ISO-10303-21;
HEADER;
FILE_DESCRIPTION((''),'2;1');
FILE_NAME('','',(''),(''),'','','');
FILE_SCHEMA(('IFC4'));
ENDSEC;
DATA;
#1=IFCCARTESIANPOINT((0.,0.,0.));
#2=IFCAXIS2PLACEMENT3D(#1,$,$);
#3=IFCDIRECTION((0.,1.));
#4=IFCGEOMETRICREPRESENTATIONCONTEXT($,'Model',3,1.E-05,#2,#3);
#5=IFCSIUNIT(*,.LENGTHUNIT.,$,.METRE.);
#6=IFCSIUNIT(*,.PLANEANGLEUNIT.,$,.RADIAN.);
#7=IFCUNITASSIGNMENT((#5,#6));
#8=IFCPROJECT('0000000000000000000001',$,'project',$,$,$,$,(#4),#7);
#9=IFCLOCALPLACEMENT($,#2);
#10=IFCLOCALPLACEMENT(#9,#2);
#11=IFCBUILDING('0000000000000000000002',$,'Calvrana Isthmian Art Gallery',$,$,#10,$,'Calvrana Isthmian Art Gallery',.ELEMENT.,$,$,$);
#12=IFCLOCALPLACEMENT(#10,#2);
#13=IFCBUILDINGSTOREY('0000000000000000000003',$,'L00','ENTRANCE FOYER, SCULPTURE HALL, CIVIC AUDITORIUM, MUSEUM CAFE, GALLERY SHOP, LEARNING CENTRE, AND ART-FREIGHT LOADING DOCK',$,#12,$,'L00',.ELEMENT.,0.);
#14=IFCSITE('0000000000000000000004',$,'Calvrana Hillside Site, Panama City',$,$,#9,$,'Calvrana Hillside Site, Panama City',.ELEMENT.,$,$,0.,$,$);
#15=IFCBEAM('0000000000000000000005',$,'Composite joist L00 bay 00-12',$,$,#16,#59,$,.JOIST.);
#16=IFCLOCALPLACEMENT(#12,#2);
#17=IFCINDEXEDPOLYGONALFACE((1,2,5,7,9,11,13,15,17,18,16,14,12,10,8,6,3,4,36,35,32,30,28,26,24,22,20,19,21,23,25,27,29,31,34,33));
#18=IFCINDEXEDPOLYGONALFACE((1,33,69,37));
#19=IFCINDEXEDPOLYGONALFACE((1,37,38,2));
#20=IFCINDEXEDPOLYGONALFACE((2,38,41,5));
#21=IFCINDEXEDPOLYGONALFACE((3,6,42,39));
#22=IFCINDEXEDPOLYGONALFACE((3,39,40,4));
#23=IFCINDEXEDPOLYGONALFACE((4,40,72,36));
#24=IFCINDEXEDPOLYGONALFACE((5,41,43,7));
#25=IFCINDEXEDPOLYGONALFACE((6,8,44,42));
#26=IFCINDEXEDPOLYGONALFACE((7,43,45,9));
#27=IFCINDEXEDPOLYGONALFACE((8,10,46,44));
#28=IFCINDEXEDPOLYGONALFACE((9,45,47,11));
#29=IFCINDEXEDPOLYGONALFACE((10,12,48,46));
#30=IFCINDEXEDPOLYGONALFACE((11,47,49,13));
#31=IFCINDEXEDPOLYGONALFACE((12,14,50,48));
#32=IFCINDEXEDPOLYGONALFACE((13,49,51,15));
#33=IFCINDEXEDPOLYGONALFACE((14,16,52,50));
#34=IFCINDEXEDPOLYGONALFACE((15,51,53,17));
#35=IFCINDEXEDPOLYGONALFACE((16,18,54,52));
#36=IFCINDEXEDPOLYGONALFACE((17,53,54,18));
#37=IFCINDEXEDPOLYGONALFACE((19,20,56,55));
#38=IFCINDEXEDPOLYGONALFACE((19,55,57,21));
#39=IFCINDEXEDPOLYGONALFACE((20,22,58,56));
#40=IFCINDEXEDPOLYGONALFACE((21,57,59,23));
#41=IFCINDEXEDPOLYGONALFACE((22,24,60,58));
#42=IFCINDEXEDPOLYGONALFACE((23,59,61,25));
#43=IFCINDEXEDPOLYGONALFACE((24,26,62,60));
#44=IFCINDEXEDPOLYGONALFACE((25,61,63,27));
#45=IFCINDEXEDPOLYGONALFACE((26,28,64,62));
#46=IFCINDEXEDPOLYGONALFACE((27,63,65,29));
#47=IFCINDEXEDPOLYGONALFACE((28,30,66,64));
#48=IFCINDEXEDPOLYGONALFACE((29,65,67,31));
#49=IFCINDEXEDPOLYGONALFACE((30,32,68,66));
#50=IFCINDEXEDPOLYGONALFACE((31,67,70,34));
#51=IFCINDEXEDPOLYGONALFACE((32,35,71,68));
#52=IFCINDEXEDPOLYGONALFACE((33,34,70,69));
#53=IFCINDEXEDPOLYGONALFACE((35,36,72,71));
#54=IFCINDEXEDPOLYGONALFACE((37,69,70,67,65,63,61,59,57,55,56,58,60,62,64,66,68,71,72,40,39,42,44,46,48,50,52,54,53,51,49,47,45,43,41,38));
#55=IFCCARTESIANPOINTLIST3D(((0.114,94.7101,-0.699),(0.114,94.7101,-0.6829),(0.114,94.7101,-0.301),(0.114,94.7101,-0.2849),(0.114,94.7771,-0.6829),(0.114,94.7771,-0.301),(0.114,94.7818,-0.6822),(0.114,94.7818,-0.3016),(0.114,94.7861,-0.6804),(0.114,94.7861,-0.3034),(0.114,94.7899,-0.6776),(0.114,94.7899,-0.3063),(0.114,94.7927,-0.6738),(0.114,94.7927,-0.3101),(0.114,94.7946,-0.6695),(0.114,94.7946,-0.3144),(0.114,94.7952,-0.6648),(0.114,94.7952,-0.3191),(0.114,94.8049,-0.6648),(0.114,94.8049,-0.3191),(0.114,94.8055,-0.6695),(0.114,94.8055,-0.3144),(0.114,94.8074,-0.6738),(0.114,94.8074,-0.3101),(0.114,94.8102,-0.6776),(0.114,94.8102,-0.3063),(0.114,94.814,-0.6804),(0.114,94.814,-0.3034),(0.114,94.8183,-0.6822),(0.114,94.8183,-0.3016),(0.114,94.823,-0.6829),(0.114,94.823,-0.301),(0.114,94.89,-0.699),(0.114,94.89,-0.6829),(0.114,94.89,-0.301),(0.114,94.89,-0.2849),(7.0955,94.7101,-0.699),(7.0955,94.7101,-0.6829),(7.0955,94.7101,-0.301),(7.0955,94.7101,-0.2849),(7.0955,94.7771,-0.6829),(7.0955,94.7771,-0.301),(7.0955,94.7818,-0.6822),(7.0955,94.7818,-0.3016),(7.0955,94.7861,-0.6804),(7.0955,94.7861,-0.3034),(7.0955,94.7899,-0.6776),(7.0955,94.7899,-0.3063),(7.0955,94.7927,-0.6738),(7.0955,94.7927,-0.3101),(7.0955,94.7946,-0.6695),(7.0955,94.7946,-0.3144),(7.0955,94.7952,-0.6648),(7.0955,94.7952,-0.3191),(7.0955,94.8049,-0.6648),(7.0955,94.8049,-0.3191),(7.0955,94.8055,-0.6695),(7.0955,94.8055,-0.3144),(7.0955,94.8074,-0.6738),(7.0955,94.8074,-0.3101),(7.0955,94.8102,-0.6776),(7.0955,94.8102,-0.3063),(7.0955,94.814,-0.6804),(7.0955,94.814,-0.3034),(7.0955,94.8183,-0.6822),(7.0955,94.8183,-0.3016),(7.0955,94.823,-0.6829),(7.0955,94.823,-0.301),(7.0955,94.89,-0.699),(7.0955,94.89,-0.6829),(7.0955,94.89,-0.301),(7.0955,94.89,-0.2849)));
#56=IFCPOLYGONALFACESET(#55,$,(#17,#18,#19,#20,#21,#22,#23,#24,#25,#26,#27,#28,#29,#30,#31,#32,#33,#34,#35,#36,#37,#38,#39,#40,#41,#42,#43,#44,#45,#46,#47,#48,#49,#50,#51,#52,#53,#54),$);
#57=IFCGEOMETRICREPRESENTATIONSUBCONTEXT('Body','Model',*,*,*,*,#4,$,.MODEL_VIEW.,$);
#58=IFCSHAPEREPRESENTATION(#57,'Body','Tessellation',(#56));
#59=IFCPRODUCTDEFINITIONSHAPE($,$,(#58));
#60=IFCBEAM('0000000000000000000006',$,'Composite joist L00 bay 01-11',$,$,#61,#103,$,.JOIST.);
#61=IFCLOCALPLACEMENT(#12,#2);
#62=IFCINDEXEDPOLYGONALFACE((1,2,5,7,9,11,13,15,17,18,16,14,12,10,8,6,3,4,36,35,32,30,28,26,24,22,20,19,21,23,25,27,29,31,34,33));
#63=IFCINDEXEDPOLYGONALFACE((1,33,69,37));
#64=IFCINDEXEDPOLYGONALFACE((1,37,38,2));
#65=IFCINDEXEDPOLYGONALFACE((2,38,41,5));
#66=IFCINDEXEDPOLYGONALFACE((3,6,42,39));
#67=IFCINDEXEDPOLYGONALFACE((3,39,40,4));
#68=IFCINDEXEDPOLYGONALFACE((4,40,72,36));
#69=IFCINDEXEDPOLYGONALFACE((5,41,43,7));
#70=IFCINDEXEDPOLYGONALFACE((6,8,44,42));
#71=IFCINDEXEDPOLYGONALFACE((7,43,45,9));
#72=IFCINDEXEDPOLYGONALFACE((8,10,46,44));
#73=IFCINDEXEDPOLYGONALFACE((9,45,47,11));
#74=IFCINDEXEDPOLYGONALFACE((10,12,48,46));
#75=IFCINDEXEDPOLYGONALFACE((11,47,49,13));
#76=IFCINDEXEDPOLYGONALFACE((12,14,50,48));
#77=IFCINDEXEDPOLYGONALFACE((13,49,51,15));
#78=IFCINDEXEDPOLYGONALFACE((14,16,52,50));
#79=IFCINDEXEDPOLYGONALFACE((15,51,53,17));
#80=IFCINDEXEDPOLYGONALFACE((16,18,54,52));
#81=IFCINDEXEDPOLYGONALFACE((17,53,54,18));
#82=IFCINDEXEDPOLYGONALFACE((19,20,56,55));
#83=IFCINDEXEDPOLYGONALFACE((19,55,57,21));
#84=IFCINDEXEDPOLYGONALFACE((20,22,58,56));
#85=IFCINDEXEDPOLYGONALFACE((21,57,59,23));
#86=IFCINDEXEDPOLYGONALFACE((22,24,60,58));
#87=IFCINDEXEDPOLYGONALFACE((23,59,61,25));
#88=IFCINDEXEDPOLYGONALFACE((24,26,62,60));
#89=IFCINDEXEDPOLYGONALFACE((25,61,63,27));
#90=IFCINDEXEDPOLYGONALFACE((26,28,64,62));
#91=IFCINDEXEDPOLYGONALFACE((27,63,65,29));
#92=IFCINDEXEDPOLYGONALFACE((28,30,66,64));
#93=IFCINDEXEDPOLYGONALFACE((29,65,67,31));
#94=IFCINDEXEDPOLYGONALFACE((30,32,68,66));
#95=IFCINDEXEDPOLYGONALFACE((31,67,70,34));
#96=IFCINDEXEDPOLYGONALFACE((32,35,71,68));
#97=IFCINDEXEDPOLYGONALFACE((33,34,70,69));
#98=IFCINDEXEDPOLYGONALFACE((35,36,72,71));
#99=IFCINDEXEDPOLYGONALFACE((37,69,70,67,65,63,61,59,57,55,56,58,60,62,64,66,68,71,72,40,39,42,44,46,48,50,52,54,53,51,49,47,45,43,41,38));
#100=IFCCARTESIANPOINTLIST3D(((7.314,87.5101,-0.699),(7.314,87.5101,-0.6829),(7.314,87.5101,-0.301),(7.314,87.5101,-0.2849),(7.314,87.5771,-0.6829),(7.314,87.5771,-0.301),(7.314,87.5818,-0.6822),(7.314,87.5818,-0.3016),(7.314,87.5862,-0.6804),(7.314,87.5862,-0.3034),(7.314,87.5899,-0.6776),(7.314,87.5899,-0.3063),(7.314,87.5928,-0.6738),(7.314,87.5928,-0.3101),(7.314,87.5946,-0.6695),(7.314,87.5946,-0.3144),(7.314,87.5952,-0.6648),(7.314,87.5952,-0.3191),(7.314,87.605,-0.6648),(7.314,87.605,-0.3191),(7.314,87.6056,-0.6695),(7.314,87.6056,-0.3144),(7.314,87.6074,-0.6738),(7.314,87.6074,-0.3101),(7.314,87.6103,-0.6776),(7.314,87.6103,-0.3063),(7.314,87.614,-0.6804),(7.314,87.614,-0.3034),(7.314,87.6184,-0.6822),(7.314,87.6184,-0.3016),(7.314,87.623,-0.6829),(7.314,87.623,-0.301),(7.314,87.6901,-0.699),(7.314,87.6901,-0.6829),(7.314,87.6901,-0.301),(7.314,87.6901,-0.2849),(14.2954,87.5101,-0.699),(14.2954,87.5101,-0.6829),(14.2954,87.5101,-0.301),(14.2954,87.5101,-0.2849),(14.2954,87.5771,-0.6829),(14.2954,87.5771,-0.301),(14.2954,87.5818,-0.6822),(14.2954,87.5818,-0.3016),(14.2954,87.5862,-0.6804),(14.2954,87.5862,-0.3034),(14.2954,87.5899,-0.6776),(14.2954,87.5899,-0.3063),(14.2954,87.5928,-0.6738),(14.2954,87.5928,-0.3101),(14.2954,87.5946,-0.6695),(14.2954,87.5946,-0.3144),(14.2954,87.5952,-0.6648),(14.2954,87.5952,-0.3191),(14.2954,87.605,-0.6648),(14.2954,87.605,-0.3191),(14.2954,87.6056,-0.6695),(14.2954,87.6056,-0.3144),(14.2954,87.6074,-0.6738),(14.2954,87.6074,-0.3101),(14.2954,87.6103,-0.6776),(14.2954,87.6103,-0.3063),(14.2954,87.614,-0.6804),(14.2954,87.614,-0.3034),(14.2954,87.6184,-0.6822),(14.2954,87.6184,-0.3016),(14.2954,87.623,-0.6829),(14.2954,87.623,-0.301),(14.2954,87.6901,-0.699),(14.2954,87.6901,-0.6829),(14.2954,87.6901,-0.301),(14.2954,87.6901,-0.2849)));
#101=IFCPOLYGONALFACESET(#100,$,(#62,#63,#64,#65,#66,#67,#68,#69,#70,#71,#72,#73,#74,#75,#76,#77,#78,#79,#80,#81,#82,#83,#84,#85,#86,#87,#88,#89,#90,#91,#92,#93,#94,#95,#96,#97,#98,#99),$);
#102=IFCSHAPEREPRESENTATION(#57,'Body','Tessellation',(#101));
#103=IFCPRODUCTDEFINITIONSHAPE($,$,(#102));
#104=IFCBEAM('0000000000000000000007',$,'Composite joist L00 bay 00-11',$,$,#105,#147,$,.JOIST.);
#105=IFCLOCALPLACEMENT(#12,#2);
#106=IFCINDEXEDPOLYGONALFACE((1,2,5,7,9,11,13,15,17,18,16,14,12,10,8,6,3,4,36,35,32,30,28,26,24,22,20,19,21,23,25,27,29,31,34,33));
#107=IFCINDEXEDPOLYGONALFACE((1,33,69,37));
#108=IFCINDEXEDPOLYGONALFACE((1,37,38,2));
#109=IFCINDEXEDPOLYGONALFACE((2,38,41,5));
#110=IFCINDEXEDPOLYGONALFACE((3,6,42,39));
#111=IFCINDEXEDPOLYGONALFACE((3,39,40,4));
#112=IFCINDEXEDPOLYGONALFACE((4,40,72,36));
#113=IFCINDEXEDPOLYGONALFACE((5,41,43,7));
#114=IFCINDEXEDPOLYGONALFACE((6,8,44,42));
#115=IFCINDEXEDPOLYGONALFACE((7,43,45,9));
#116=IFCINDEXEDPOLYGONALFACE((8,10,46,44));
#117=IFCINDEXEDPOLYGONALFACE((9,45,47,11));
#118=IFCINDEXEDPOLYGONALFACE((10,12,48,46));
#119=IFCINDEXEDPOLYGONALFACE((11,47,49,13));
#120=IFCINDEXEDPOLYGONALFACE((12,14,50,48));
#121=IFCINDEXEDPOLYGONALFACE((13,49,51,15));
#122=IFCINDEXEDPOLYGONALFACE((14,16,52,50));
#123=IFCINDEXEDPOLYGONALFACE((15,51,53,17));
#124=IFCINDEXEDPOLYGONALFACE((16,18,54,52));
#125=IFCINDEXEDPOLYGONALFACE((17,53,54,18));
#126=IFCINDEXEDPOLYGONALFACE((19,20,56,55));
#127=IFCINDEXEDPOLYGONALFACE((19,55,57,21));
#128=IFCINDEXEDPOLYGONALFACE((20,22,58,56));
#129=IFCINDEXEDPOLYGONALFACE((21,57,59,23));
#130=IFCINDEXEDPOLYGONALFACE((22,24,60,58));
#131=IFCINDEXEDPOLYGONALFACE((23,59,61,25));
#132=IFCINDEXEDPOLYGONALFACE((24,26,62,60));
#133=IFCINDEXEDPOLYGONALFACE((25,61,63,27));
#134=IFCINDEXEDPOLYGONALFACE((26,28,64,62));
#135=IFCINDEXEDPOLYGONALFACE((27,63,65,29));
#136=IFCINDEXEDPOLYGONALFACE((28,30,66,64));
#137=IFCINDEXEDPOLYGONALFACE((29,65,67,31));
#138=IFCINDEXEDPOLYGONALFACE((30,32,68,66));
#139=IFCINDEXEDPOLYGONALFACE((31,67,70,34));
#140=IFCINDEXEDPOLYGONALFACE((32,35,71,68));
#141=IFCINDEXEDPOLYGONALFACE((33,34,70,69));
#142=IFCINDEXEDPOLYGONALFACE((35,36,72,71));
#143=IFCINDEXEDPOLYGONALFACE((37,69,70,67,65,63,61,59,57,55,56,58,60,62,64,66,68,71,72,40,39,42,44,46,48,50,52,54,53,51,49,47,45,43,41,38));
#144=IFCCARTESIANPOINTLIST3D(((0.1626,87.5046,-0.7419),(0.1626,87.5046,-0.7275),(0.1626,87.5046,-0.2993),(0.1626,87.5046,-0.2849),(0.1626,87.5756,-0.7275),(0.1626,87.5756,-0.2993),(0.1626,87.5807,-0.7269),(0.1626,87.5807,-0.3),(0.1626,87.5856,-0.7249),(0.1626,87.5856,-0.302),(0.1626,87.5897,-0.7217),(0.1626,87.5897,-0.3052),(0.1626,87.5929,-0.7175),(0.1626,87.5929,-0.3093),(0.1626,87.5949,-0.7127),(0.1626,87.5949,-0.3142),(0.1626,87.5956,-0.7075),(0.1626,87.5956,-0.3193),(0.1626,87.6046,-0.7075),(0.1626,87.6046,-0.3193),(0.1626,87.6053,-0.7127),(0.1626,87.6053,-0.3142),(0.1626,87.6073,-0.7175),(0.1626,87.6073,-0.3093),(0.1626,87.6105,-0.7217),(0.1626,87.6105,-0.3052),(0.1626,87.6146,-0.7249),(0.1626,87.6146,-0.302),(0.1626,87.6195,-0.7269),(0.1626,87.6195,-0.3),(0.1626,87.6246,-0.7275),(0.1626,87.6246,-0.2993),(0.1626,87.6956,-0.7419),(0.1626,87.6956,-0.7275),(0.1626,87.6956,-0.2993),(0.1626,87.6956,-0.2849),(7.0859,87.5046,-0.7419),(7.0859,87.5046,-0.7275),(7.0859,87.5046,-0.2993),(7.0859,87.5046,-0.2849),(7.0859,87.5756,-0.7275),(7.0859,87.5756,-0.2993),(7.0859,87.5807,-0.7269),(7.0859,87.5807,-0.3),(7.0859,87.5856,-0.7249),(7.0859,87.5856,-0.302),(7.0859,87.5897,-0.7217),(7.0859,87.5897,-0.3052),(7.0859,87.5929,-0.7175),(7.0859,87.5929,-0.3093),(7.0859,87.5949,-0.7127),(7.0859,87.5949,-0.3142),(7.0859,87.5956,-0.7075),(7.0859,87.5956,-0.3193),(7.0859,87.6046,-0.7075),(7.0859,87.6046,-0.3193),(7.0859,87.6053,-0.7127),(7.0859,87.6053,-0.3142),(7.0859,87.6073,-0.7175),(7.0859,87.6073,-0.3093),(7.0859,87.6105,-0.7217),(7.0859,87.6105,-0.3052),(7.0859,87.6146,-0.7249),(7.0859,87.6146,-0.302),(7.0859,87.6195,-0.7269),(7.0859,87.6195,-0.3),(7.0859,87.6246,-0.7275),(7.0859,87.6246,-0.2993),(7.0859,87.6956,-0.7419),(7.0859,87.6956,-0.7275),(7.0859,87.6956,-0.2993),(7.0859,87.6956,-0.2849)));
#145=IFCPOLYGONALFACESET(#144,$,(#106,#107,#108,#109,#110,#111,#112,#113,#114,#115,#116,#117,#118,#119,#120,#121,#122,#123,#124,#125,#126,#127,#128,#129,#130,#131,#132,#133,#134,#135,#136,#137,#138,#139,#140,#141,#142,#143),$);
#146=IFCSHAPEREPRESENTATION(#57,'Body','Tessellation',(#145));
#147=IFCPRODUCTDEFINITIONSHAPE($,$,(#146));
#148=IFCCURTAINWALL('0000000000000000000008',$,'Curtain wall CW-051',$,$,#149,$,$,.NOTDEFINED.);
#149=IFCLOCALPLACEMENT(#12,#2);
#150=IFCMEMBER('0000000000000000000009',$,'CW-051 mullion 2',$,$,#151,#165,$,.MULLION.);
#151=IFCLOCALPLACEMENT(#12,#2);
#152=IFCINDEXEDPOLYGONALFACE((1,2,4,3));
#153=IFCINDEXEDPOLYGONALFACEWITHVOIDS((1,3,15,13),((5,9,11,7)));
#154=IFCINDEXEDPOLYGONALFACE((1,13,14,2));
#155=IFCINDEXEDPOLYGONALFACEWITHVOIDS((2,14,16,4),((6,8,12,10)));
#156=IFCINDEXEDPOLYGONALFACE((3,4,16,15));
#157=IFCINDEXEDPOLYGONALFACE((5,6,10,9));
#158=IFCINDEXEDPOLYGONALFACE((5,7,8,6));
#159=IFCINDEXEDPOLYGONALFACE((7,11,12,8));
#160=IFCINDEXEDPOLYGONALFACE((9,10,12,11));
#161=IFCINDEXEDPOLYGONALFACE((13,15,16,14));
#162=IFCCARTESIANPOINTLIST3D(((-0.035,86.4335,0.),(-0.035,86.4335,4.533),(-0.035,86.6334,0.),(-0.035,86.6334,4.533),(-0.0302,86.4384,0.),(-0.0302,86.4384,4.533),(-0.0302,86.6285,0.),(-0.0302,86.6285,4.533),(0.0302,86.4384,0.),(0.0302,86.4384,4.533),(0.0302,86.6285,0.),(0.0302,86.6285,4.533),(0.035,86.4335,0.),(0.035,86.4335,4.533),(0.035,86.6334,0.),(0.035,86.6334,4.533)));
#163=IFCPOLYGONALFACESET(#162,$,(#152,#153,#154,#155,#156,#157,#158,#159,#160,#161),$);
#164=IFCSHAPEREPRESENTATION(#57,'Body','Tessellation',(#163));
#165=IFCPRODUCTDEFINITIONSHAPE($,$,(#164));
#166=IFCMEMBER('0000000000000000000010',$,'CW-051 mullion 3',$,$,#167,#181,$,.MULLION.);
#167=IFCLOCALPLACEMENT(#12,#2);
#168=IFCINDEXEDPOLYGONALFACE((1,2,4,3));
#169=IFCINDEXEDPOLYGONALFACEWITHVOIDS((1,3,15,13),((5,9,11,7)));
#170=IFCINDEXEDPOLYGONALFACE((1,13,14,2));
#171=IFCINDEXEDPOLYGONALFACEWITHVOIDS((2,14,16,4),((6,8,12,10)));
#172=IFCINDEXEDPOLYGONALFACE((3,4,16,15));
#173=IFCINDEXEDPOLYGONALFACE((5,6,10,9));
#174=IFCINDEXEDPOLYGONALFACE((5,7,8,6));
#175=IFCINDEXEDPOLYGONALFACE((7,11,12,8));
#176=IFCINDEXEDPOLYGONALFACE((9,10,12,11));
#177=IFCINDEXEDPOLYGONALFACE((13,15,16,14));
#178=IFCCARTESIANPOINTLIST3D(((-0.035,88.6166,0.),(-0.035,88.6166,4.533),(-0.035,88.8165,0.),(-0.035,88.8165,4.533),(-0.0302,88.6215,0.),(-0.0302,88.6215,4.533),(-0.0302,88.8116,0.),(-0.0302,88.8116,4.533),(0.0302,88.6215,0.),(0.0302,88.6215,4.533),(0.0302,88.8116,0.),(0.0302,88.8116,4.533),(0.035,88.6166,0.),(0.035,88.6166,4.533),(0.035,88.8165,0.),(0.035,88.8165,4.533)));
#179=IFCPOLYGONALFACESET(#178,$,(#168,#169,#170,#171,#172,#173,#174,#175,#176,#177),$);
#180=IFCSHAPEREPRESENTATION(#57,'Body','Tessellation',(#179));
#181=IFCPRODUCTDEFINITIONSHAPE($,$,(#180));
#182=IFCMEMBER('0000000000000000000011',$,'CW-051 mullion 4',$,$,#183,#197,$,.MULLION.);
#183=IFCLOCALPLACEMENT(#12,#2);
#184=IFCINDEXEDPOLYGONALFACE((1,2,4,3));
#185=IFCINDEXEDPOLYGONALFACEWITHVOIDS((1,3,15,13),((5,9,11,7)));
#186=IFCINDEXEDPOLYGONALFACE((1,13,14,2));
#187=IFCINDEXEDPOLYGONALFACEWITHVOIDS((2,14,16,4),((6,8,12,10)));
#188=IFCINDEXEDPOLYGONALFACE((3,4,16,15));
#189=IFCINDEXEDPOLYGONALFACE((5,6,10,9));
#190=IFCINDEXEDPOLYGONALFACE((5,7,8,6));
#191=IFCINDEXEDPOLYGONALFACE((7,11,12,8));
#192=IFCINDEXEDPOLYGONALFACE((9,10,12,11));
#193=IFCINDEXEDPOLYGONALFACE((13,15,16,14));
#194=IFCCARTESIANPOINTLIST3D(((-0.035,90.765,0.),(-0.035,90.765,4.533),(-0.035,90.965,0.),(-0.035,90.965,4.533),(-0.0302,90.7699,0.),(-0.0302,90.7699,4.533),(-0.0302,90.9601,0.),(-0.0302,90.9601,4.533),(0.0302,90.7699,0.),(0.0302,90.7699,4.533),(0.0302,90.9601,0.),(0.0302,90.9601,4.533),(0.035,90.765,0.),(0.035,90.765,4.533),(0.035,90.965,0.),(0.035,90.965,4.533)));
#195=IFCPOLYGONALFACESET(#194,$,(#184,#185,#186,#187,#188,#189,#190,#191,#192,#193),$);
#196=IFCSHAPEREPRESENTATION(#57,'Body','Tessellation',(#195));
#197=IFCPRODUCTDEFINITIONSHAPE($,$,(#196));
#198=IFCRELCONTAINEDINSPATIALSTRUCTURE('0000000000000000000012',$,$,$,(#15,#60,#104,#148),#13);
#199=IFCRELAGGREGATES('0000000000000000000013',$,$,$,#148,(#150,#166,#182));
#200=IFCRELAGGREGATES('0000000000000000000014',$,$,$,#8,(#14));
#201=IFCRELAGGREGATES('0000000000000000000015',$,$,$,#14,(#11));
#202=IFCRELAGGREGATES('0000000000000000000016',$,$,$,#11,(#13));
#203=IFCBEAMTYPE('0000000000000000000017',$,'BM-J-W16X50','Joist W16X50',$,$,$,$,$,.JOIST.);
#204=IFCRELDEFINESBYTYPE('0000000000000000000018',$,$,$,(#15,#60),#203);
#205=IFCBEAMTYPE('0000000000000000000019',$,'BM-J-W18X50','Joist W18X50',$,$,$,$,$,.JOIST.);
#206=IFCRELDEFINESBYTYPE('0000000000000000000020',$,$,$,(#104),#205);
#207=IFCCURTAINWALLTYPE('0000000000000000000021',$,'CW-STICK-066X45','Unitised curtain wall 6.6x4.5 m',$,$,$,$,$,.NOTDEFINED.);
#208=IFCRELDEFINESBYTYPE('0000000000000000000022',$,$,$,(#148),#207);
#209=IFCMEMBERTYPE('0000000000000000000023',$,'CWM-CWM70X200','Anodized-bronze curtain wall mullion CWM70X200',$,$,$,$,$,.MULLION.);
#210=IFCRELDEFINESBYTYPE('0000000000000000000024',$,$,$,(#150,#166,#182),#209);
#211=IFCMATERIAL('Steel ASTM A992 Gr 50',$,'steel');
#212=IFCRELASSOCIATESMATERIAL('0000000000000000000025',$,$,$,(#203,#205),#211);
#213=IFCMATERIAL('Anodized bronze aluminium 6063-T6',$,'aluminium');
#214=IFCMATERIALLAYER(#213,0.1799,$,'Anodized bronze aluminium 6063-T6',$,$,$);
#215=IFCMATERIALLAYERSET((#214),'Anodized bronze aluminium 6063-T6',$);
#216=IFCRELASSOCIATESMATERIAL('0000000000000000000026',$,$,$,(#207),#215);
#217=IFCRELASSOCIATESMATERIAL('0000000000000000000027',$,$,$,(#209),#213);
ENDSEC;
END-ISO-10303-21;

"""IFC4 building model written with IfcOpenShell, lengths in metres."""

from ifc_helpers import new_model, si_unit, direction, frame, origin, origin_2d, place, context, subcontext, project, spatial, hollow_rectangle, i_section, extrude, material, layer, layer_set, material_profile, profile_set, type_object, element, aggregate, save


model = new_model("IFC4")

# Units and contexts
model_context = context("Model", 3, precision=1e-05, world=origin(), true_north=direction((0.0, 1.0)))
body_context = subcontext(model_context, "Body", "Model", "MODEL_VIEW")
ifc_project = project(units=[si_unit("LENGTHUNIT", "METRE"), si_unit("PLANEANGLEUNIT", "RADIAN")], contexts=[model_context])

# Site, building, storey
site_placement = place(None, origin())
site = spatial("IfcSite", under=ifc_project, at=site_placement, Name="Calvrana Hillside Site, Panama City", LongName="Calvrana Hillside Site, Panama City", CompositionType="ELEMENT", RefElevation=0.0)
building_placement = place(site_placement, origin())
building = spatial("IfcBuilding", under=site, at=building_placement, Name="Calvrana Isthmian Art Gallery", LongName="Calvrana Isthmian Art Gallery", CompositionType="ELEMENT")
storey_placement = place(building_placement, origin())
storey = spatial("IfcBuildingStorey", under=building, at=storey_placement, Name="L00", Description="ENTRANCE FOYER, SCULPTURE HALL, CIVIC AUDITORIUM, MUSEUM CAFE, GALLERY SHOP, LEARNING CENTRE, AND ART-FREIGHT LOADING DOCK", LongName="L00", CompositionType="ELEMENT", Elevation=0.0)

# Beams
ifc_material_1 = material(Name="Steel ASTM A992 Gr 50", Category="steel")
ifc_material_profile_1 = material_profile(ifc_material_1, i_section(OverallWidth=0.1799, OverallDepth=0.4141, WebThickness=0.0098, FlangeThickness=0.0161, FilletRadius=0.0181, at=origin_2d()), Name="W16X50")
ifc_profile_set_1 = profile_set([ifc_material_profile_1], Name="Steel ASTM A992 Gr 50")
beam_type_1 = type_object("IfcBeamType", Name="BM-J-W16X50", Description="Joist W16X50", PredefinedType="JOIST", material=ifc_profile_set_1)
for number, where, z_axis, x_axis, name in (
    (1, (0.114, 94.8, -0.4919), (1.0, 0.0, 0.0), (0.0, 1.0, 0.0), "Composite joist L00 bay 00-12"),
    (2, (7.314, 87.6001, -0.4919), (1.0, 0.0, 0.0), (0.0, 1.0, 0.0), "Composite joist L00 bay 01-11"),
):
    element("IfcBeam", number, at=place(storey_placement, frame(where, z_axis=z_axis, x_axis=x_axis)), inside=storey, type_object=beam_type_1, Name=name, PredefinedType="JOIST", context=body_context, shape_type="SweptSolid", body=[
        extrude(i_section(OverallWidth=0.1799, OverallDepth=0.4141, WebThickness=0.0098, FlangeThickness=0.0161, FilletRadius=0.0181, at=origin_2d()), origin(), (0.0, 0.0, 1.0), 6.9814),
    ])
ifc_material_profile_2 = material_profile(ifc_material_1, i_section(OverallWidth=0.1909, OverallDepth=0.457, WebThickness=0.009, FlangeThickness=0.0144, FilletRadius=0.02, at=origin_2d()), Name="W18X50")
ifc_profile_set_2 = profile_set([ifc_material_profile_2], Name="Steel ASTM A992 Gr 50")
beam_type_2 = type_object("IfcBeamType", Name="BM-J-W18X50", Description="Joist W18X50", PredefinedType="JOIST", material=ifc_profile_set_2)
beam_1_placement = place(storey_placement, frame((0.1626, 87.6001, -0.5134), z_axis=(1.0, 0.0, 0.0), x_axis=(0.0, 1.0, 0.0)))
element("IfcBeam", 3, at=beam_1_placement, inside=storey, type_object=beam_type_2, Name="Composite joist L00 bay 00-11", PredefinedType="JOIST", context=body_context, shape_type="SweptSolid", body=[
    extrude(i_section(OverallWidth=0.1909, OverallDepth=0.457, WebThickness=0.009, FlangeThickness=0.0144, FilletRadius=0.02, at=origin_2d()), origin(), (0.0, 0.0, 1.0), 6.9233),
])

# Curtain wall, members
ifc_material_2 = material(Name="Anodized bronze aluminium 6063-T6", Category="aluminium")
ifc_layer_1 = layer(ifc_material_2, 0.1799, Name="Anodized bronze aluminium 6063-T6")
ifc_layer_set_1 = layer_set([ifc_layer_1], Name="Anodized bronze aluminium 6063-T6")
curtain_wall_type = type_object("IfcCurtainWallType", Name="CW-STICK-066X45", Description="Unitised curtain wall 6.6x4.5 m", PredefinedType="NOTDEFINED", material=ifc_layer_set_1)
curtain_wall_placement = place(storey_placement, origin())
curtain_wall = element("IfcCurtainWall", 4, at=curtain_wall_placement, inside=storey, type_object=curtain_wall_type, Name="Curtain wall CW-051", PredefinedType="NOTDEFINED")
ifc_material_profile_3 = material_profile(ifc_material_2, hollow_rectangle(XDim=0.0701, YDim=0.2, WallThickness=0.0049, at=origin_2d()), Name="CWM70X200")
ifc_profile_set_3 = profile_set([ifc_material_profile_3], Name="Anodized bronze aluminium 6063-T6")
member_type_1 = type_object("IfcMemberType", Name="CWM-CWM70X200", Description="Anodized-bronze curtain wall mullion CWM70X200", PredefinedType="MULLION", material=ifc_profile_set_3)
member_1_placement = place(storey_placement, frame((0.0, 86.5334, 0.0), z_axis=(0.0, 0.0, 1.0), x_axis=(-1.0, 0.0, 0.0)))
member_1 = element("IfcMember", 5, at=member_1_placement, type_object=member_type_1, Name="CW-051 mullion 2", PredefinedType="MULLION", context=body_context, shape_type="SweptSolid", body=[
    extrude(hollow_rectangle(XDim=0.0701, YDim=0.2, WallThickness=0.0049, at=origin_2d()), origin(), (0.0, 0.0, 1.0), 4.533),
])
member_2_placement = place(storey_placement, frame((0.0, 88.7166, 0.0), z_axis=(0.0, 0.0, 1.0), x_axis=(-1.0, 0.0, 0.0)))
member_2 = element("IfcMember", 6, at=member_2_placement, type_object=member_type_1, Name="CW-051 mullion 3", PredefinedType="MULLION", context=body_context, shape_type="SweptSolid", body=[
    extrude(hollow_rectangle(XDim=0.0701, YDim=0.2, WallThickness=0.0049, at=origin_2d()), origin(), (0.0, 0.0, 1.0), 4.533),
])
member_3_placement = place(storey_placement, frame((0.0, 90.865, 0.0), z_axis=(0.0, 0.0, 1.0), x_axis=(-1.0, 0.0, 0.0)))
member_3 = element("IfcMember", 7, at=member_3_placement, type_object=member_type_1, Name="CW-051 mullion 4", PredefinedType="MULLION", context=body_context, shape_type="SweptSolid", body=[
    extrude(hollow_rectangle(XDim=0.0701, YDim=0.2, WallThickness=0.0049, at=origin_2d()), origin(), (0.0, 0.0, 1.0), 4.533),
])
aggregate(curtain_wall, [member_1, member_2, member_3])

save(model, "model.ifc")
